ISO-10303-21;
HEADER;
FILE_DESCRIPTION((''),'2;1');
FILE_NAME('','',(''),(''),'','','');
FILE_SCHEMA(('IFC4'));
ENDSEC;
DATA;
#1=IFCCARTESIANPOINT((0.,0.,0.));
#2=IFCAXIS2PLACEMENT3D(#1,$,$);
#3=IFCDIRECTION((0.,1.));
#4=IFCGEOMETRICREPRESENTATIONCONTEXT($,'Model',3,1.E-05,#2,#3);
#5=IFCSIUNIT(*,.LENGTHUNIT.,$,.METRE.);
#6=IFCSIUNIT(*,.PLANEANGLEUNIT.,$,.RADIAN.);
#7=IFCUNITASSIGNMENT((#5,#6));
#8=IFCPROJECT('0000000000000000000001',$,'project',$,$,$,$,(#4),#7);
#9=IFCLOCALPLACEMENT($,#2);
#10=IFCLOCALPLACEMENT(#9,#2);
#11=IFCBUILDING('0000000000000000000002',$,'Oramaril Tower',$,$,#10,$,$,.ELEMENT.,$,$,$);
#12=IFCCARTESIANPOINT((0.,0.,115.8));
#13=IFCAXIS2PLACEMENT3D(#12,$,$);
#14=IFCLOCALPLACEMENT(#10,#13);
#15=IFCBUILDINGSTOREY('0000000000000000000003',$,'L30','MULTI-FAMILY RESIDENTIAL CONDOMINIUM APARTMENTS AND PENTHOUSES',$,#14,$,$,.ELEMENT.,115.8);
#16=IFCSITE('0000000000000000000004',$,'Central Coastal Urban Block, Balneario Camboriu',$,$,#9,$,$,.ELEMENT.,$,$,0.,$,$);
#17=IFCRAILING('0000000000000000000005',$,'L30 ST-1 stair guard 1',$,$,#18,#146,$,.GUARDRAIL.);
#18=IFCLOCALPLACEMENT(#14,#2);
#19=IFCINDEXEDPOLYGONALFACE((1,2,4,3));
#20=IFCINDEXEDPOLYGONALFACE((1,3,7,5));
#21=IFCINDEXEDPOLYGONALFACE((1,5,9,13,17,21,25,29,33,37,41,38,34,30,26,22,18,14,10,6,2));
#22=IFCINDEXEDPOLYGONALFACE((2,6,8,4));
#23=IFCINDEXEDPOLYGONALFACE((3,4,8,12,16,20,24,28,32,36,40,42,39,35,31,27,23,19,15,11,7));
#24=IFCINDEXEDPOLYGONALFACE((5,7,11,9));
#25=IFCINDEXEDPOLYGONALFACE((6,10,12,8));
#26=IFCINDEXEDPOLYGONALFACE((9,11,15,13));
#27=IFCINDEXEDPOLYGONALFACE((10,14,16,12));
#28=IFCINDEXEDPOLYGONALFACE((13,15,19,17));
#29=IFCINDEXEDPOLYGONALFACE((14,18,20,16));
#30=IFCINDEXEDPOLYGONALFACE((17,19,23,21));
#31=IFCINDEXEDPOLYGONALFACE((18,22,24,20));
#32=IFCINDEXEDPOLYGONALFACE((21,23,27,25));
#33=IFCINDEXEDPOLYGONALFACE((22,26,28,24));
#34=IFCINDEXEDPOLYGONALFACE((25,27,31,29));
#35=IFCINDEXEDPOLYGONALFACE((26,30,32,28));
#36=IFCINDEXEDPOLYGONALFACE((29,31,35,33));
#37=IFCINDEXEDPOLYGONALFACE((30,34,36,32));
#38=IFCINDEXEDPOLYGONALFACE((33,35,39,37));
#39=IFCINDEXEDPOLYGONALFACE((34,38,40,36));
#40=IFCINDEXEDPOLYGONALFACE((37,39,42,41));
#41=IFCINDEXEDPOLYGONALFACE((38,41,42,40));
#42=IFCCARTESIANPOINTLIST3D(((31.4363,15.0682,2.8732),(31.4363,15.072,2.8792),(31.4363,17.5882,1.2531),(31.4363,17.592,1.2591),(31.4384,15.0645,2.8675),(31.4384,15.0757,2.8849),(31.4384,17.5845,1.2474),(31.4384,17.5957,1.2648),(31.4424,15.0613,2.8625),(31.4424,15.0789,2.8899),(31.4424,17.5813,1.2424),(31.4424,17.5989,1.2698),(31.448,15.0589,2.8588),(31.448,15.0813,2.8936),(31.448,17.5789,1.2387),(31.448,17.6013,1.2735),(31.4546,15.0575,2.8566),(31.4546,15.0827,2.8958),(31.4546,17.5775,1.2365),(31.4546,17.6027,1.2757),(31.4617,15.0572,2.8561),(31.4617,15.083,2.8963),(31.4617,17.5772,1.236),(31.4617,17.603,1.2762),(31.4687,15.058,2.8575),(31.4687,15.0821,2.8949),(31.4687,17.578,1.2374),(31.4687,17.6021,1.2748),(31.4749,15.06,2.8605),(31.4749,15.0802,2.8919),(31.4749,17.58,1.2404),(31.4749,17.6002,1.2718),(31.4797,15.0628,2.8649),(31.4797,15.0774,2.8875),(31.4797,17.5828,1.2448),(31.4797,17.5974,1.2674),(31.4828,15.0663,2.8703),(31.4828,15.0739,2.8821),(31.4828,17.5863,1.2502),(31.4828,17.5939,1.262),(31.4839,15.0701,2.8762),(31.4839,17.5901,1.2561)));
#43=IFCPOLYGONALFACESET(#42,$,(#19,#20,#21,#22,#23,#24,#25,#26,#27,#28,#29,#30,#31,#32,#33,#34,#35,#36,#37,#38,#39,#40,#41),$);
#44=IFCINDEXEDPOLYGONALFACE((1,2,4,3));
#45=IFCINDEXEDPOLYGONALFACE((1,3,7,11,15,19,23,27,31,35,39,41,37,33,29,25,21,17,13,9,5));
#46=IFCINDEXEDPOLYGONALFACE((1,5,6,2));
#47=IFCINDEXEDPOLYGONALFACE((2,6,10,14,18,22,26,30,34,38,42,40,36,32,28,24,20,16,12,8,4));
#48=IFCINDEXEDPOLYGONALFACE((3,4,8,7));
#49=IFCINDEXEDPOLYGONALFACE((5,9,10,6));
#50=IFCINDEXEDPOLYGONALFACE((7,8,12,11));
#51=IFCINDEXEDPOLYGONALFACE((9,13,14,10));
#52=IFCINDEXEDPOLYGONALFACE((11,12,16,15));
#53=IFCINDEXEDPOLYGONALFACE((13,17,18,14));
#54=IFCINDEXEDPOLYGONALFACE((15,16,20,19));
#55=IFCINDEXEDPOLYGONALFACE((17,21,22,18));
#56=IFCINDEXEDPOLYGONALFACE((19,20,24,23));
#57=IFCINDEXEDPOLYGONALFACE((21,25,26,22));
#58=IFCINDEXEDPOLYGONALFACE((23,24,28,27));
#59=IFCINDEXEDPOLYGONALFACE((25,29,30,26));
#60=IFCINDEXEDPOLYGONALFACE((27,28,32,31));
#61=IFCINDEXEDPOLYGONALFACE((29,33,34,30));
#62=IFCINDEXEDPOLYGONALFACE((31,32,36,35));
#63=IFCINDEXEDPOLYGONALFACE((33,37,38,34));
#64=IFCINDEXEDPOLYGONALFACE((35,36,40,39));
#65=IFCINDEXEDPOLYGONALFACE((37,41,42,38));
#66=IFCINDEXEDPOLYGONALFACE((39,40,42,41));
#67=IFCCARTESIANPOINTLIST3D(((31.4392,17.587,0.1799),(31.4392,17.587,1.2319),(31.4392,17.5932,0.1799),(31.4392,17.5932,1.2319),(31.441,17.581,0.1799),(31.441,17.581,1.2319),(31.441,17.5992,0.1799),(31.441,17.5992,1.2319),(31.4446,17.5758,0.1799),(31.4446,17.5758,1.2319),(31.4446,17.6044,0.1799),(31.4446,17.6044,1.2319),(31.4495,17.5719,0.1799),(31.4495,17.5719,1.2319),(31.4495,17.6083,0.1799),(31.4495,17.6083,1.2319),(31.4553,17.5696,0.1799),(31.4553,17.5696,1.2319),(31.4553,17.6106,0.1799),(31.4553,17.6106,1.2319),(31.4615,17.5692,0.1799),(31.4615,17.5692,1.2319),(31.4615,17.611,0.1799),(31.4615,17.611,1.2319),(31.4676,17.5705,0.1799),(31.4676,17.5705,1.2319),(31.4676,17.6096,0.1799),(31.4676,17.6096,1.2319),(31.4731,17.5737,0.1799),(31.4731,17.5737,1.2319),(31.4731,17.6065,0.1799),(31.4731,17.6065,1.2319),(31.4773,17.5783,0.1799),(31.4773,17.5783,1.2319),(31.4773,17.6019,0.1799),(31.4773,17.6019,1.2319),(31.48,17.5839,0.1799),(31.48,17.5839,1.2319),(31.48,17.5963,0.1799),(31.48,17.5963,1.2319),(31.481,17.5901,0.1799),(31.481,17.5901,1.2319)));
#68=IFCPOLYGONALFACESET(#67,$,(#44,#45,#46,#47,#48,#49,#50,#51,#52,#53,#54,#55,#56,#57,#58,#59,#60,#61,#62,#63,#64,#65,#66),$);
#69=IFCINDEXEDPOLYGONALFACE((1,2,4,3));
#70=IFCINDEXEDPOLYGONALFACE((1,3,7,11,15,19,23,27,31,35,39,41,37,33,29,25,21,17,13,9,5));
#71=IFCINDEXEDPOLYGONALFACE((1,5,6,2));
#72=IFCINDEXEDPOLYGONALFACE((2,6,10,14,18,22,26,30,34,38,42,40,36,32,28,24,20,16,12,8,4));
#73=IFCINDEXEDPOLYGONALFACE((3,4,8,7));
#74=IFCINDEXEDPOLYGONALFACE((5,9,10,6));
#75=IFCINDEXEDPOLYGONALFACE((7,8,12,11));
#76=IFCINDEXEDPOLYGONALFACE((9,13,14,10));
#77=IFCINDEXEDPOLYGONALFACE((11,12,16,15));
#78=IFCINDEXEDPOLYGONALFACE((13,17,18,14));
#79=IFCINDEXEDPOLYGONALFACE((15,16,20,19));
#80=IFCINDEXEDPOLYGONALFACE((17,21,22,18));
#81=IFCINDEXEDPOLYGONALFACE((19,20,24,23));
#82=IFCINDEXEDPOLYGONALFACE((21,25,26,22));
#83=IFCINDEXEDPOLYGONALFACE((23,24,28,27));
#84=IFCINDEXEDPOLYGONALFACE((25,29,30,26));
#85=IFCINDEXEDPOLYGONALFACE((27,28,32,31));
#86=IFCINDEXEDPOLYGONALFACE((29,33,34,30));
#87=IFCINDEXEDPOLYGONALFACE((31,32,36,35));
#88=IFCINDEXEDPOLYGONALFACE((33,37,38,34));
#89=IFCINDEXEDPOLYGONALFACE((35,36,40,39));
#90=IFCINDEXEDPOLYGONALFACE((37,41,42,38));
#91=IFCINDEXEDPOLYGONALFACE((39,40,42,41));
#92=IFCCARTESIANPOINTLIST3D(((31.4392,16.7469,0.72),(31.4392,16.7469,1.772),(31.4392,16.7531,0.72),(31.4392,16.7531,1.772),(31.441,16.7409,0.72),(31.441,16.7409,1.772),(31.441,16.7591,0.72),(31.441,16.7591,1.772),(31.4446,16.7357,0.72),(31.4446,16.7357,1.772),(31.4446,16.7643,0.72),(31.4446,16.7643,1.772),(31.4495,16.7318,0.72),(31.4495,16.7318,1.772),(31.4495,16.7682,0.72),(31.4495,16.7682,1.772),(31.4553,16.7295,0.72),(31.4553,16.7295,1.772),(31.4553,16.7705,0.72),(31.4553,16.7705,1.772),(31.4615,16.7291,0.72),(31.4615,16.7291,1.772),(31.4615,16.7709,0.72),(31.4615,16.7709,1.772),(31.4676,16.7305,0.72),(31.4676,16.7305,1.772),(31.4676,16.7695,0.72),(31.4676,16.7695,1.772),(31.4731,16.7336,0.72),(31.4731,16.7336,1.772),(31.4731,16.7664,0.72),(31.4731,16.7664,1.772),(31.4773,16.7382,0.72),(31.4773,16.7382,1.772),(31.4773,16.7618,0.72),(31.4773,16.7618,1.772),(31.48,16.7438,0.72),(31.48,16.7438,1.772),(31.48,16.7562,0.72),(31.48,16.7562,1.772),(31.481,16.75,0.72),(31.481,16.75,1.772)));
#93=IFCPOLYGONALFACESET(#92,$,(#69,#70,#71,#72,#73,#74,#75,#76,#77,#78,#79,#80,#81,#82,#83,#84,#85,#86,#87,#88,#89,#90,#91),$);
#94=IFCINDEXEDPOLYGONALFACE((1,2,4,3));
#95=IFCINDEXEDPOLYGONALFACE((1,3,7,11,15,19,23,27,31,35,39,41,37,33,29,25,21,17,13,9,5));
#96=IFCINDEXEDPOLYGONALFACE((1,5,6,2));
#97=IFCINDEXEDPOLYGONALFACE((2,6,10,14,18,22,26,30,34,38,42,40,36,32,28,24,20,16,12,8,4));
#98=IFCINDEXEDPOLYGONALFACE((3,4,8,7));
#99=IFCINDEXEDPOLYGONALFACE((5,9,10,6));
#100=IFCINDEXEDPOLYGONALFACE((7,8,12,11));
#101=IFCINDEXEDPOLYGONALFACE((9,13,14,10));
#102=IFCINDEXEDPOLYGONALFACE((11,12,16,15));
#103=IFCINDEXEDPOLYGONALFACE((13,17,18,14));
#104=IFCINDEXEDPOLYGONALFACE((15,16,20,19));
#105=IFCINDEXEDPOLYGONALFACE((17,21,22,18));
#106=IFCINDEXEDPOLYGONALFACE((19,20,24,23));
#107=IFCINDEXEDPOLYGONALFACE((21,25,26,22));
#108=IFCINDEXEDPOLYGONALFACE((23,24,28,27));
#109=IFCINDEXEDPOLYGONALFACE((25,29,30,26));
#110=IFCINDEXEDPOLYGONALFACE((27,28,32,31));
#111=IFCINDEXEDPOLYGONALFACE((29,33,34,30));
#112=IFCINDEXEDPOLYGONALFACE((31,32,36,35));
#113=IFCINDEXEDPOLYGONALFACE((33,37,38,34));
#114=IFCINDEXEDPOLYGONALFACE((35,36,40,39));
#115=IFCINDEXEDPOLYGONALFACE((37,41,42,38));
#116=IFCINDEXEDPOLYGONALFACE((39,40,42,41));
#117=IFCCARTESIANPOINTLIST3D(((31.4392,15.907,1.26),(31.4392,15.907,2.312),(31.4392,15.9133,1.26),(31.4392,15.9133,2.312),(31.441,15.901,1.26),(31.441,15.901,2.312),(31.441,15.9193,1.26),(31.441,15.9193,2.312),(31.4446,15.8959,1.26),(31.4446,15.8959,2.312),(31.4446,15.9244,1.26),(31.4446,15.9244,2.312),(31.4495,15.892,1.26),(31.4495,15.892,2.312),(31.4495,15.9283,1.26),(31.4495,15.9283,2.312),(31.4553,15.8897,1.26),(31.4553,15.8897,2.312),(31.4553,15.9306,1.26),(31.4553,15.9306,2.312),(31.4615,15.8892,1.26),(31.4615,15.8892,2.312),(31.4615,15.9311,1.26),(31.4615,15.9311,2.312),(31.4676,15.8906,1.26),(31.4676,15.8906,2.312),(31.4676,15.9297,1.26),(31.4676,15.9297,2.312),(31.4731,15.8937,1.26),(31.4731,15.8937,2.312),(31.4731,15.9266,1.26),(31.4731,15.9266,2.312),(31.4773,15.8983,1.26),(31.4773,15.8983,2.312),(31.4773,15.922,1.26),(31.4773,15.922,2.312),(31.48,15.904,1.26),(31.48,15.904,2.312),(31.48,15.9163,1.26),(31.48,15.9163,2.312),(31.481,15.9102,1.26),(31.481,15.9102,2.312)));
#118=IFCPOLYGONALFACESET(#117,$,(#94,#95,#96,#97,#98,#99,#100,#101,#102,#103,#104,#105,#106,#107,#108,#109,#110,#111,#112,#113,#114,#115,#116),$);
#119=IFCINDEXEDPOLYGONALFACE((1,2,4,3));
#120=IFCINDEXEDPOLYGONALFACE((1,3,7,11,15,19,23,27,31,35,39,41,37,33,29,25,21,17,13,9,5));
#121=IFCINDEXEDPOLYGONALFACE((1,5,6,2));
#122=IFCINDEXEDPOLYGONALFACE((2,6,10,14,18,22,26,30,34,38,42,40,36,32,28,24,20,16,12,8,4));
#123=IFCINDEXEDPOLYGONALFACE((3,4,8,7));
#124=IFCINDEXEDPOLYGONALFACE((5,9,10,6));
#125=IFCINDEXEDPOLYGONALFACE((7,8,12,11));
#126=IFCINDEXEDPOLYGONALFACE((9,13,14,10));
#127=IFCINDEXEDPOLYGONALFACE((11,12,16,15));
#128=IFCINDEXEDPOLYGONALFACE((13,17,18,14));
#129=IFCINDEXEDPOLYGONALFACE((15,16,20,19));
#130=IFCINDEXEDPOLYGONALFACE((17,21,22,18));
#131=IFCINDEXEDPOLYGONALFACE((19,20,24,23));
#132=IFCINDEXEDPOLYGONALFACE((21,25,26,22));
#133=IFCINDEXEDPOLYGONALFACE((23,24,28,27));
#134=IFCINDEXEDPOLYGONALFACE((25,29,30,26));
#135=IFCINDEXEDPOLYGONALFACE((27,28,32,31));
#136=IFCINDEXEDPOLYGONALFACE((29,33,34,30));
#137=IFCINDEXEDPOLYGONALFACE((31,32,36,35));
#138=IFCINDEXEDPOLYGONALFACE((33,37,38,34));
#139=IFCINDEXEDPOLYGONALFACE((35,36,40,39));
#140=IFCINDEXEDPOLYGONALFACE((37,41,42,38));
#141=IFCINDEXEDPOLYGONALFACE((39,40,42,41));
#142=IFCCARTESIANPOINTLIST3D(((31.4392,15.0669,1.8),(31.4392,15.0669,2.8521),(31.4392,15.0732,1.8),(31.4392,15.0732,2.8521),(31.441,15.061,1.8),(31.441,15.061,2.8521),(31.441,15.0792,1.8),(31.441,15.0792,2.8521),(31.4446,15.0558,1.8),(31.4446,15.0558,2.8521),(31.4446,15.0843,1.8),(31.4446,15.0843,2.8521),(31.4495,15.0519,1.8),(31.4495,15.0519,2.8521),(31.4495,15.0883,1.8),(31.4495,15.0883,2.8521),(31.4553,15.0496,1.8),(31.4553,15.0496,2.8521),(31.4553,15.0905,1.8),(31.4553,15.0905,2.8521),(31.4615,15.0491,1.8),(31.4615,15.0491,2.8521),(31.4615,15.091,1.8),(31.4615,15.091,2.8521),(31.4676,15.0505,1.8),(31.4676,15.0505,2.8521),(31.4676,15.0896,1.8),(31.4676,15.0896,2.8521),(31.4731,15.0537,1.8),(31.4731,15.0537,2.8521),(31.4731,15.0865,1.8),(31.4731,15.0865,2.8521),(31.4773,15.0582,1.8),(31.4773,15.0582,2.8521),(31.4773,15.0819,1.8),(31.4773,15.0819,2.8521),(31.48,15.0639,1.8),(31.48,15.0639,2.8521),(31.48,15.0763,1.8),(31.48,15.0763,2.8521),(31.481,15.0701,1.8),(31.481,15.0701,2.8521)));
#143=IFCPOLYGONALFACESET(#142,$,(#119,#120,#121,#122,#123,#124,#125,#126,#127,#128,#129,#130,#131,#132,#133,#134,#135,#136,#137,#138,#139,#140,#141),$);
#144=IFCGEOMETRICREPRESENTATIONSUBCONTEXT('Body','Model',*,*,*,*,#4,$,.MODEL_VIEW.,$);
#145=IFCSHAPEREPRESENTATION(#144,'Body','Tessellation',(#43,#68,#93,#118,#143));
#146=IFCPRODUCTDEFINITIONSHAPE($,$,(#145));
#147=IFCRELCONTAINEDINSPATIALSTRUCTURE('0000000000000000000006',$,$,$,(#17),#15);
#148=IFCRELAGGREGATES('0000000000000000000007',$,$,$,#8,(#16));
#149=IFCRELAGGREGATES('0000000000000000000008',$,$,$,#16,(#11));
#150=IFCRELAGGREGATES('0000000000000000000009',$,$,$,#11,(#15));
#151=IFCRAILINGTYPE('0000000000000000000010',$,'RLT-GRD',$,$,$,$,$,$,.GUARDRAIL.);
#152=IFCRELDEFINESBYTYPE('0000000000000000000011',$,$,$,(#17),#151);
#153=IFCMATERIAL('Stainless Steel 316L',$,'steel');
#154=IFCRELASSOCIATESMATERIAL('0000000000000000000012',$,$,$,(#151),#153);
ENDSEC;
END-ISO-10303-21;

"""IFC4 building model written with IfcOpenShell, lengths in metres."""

from ifc_helpers import new_model, si_unit, direction, frame, origin, origin_2d, place, context, subcontext, project, spatial, circle, extrude, material, type_object, element, save


model = new_model("IFC4")

# Units and contexts
model_context = context("Model", 3, precision=1e-05, world=origin(), true_north=direction((0.0, 1.0)))
body_context = subcontext(model_context, "Body", "Model", "MODEL_VIEW")
ifc_project = project(units=[si_unit("LENGTHUNIT", "METRE"), si_unit("PLANEANGLEUNIT", "RADIAN")], contexts=[model_context])

# Site, building, storey
site_placement = place(None, origin())
site = spatial("IfcSite", under=ifc_project, at=site_placement, Name="Central Coastal Urban Block, Balneario Camboriu", CompositionType="ELEMENT", RefElevation=0.0)
building_placement = place(site_placement, origin())
building = spatial("IfcBuilding", under=site, at=building_placement, Name="Oramaril Tower", CompositionType="ELEMENT")
storey_placement = place(building_placement, frame((0.0, 0.0, 115.8)))
storey = spatial("IfcBuildingStorey", under=building, at=storey_placement, Name="L30", Description="MULTI-FAMILY RESIDENTIAL CONDOMINIUM APARTMENTS AND PENTHOUSES", CompositionType="ELEMENT", Elevation=115.8)

# Railing
ifc_material_1 = material(Name="Stainless Steel 316L", Category="steel")
railing_type_1 = type_object("IfcRailingType", Name="RLT-GRD", PredefinedType="GUARDRAIL", material=ifc_material_1)
railing_1_placement = place(storey_placement, frame((31.46, 17.5901, 0.1799)))
element("IfcRailing", 1, at=railing_1_placement, inside=storey, type_object=railing_type_1, Name="L30 ST-1 stair guard 1", PredefinedType="GUARDRAIL", context=body_context, shape_type="SweptSolid", body=[
    extrude(circle(Radius=0.0239, at=origin_2d()), frame((0.0, 0.0, 1.0762), z_axis=(0.0, -0.841163, 0.540782), x_axis=(1.0, 0.0, 0.0)), (0.0, 0.0, 1.0), 2.9958),
    extrude(circle(Radius=0.021, at=origin_2d()), origin(), (0.0, 0.0, 1.0), 1.052),
    extrude(circle(Radius=0.021, at=origin_2d()), frame((0.0, -0.8401, 0.54)), (0.0, 0.0, 1.0), 1.052),
    extrude(circle(Radius=0.021, at=origin_2d()), frame((0.0, -1.6799, 1.0801)), (0.0, 0.0, 1.0), 1.052),
    extrude(circle(Radius=0.021, at=origin_2d()), frame((0.0, -2.52, 1.6201)), (0.0, 0.0, 1.0), 1.052),
])

save(model, "model.ifc")
